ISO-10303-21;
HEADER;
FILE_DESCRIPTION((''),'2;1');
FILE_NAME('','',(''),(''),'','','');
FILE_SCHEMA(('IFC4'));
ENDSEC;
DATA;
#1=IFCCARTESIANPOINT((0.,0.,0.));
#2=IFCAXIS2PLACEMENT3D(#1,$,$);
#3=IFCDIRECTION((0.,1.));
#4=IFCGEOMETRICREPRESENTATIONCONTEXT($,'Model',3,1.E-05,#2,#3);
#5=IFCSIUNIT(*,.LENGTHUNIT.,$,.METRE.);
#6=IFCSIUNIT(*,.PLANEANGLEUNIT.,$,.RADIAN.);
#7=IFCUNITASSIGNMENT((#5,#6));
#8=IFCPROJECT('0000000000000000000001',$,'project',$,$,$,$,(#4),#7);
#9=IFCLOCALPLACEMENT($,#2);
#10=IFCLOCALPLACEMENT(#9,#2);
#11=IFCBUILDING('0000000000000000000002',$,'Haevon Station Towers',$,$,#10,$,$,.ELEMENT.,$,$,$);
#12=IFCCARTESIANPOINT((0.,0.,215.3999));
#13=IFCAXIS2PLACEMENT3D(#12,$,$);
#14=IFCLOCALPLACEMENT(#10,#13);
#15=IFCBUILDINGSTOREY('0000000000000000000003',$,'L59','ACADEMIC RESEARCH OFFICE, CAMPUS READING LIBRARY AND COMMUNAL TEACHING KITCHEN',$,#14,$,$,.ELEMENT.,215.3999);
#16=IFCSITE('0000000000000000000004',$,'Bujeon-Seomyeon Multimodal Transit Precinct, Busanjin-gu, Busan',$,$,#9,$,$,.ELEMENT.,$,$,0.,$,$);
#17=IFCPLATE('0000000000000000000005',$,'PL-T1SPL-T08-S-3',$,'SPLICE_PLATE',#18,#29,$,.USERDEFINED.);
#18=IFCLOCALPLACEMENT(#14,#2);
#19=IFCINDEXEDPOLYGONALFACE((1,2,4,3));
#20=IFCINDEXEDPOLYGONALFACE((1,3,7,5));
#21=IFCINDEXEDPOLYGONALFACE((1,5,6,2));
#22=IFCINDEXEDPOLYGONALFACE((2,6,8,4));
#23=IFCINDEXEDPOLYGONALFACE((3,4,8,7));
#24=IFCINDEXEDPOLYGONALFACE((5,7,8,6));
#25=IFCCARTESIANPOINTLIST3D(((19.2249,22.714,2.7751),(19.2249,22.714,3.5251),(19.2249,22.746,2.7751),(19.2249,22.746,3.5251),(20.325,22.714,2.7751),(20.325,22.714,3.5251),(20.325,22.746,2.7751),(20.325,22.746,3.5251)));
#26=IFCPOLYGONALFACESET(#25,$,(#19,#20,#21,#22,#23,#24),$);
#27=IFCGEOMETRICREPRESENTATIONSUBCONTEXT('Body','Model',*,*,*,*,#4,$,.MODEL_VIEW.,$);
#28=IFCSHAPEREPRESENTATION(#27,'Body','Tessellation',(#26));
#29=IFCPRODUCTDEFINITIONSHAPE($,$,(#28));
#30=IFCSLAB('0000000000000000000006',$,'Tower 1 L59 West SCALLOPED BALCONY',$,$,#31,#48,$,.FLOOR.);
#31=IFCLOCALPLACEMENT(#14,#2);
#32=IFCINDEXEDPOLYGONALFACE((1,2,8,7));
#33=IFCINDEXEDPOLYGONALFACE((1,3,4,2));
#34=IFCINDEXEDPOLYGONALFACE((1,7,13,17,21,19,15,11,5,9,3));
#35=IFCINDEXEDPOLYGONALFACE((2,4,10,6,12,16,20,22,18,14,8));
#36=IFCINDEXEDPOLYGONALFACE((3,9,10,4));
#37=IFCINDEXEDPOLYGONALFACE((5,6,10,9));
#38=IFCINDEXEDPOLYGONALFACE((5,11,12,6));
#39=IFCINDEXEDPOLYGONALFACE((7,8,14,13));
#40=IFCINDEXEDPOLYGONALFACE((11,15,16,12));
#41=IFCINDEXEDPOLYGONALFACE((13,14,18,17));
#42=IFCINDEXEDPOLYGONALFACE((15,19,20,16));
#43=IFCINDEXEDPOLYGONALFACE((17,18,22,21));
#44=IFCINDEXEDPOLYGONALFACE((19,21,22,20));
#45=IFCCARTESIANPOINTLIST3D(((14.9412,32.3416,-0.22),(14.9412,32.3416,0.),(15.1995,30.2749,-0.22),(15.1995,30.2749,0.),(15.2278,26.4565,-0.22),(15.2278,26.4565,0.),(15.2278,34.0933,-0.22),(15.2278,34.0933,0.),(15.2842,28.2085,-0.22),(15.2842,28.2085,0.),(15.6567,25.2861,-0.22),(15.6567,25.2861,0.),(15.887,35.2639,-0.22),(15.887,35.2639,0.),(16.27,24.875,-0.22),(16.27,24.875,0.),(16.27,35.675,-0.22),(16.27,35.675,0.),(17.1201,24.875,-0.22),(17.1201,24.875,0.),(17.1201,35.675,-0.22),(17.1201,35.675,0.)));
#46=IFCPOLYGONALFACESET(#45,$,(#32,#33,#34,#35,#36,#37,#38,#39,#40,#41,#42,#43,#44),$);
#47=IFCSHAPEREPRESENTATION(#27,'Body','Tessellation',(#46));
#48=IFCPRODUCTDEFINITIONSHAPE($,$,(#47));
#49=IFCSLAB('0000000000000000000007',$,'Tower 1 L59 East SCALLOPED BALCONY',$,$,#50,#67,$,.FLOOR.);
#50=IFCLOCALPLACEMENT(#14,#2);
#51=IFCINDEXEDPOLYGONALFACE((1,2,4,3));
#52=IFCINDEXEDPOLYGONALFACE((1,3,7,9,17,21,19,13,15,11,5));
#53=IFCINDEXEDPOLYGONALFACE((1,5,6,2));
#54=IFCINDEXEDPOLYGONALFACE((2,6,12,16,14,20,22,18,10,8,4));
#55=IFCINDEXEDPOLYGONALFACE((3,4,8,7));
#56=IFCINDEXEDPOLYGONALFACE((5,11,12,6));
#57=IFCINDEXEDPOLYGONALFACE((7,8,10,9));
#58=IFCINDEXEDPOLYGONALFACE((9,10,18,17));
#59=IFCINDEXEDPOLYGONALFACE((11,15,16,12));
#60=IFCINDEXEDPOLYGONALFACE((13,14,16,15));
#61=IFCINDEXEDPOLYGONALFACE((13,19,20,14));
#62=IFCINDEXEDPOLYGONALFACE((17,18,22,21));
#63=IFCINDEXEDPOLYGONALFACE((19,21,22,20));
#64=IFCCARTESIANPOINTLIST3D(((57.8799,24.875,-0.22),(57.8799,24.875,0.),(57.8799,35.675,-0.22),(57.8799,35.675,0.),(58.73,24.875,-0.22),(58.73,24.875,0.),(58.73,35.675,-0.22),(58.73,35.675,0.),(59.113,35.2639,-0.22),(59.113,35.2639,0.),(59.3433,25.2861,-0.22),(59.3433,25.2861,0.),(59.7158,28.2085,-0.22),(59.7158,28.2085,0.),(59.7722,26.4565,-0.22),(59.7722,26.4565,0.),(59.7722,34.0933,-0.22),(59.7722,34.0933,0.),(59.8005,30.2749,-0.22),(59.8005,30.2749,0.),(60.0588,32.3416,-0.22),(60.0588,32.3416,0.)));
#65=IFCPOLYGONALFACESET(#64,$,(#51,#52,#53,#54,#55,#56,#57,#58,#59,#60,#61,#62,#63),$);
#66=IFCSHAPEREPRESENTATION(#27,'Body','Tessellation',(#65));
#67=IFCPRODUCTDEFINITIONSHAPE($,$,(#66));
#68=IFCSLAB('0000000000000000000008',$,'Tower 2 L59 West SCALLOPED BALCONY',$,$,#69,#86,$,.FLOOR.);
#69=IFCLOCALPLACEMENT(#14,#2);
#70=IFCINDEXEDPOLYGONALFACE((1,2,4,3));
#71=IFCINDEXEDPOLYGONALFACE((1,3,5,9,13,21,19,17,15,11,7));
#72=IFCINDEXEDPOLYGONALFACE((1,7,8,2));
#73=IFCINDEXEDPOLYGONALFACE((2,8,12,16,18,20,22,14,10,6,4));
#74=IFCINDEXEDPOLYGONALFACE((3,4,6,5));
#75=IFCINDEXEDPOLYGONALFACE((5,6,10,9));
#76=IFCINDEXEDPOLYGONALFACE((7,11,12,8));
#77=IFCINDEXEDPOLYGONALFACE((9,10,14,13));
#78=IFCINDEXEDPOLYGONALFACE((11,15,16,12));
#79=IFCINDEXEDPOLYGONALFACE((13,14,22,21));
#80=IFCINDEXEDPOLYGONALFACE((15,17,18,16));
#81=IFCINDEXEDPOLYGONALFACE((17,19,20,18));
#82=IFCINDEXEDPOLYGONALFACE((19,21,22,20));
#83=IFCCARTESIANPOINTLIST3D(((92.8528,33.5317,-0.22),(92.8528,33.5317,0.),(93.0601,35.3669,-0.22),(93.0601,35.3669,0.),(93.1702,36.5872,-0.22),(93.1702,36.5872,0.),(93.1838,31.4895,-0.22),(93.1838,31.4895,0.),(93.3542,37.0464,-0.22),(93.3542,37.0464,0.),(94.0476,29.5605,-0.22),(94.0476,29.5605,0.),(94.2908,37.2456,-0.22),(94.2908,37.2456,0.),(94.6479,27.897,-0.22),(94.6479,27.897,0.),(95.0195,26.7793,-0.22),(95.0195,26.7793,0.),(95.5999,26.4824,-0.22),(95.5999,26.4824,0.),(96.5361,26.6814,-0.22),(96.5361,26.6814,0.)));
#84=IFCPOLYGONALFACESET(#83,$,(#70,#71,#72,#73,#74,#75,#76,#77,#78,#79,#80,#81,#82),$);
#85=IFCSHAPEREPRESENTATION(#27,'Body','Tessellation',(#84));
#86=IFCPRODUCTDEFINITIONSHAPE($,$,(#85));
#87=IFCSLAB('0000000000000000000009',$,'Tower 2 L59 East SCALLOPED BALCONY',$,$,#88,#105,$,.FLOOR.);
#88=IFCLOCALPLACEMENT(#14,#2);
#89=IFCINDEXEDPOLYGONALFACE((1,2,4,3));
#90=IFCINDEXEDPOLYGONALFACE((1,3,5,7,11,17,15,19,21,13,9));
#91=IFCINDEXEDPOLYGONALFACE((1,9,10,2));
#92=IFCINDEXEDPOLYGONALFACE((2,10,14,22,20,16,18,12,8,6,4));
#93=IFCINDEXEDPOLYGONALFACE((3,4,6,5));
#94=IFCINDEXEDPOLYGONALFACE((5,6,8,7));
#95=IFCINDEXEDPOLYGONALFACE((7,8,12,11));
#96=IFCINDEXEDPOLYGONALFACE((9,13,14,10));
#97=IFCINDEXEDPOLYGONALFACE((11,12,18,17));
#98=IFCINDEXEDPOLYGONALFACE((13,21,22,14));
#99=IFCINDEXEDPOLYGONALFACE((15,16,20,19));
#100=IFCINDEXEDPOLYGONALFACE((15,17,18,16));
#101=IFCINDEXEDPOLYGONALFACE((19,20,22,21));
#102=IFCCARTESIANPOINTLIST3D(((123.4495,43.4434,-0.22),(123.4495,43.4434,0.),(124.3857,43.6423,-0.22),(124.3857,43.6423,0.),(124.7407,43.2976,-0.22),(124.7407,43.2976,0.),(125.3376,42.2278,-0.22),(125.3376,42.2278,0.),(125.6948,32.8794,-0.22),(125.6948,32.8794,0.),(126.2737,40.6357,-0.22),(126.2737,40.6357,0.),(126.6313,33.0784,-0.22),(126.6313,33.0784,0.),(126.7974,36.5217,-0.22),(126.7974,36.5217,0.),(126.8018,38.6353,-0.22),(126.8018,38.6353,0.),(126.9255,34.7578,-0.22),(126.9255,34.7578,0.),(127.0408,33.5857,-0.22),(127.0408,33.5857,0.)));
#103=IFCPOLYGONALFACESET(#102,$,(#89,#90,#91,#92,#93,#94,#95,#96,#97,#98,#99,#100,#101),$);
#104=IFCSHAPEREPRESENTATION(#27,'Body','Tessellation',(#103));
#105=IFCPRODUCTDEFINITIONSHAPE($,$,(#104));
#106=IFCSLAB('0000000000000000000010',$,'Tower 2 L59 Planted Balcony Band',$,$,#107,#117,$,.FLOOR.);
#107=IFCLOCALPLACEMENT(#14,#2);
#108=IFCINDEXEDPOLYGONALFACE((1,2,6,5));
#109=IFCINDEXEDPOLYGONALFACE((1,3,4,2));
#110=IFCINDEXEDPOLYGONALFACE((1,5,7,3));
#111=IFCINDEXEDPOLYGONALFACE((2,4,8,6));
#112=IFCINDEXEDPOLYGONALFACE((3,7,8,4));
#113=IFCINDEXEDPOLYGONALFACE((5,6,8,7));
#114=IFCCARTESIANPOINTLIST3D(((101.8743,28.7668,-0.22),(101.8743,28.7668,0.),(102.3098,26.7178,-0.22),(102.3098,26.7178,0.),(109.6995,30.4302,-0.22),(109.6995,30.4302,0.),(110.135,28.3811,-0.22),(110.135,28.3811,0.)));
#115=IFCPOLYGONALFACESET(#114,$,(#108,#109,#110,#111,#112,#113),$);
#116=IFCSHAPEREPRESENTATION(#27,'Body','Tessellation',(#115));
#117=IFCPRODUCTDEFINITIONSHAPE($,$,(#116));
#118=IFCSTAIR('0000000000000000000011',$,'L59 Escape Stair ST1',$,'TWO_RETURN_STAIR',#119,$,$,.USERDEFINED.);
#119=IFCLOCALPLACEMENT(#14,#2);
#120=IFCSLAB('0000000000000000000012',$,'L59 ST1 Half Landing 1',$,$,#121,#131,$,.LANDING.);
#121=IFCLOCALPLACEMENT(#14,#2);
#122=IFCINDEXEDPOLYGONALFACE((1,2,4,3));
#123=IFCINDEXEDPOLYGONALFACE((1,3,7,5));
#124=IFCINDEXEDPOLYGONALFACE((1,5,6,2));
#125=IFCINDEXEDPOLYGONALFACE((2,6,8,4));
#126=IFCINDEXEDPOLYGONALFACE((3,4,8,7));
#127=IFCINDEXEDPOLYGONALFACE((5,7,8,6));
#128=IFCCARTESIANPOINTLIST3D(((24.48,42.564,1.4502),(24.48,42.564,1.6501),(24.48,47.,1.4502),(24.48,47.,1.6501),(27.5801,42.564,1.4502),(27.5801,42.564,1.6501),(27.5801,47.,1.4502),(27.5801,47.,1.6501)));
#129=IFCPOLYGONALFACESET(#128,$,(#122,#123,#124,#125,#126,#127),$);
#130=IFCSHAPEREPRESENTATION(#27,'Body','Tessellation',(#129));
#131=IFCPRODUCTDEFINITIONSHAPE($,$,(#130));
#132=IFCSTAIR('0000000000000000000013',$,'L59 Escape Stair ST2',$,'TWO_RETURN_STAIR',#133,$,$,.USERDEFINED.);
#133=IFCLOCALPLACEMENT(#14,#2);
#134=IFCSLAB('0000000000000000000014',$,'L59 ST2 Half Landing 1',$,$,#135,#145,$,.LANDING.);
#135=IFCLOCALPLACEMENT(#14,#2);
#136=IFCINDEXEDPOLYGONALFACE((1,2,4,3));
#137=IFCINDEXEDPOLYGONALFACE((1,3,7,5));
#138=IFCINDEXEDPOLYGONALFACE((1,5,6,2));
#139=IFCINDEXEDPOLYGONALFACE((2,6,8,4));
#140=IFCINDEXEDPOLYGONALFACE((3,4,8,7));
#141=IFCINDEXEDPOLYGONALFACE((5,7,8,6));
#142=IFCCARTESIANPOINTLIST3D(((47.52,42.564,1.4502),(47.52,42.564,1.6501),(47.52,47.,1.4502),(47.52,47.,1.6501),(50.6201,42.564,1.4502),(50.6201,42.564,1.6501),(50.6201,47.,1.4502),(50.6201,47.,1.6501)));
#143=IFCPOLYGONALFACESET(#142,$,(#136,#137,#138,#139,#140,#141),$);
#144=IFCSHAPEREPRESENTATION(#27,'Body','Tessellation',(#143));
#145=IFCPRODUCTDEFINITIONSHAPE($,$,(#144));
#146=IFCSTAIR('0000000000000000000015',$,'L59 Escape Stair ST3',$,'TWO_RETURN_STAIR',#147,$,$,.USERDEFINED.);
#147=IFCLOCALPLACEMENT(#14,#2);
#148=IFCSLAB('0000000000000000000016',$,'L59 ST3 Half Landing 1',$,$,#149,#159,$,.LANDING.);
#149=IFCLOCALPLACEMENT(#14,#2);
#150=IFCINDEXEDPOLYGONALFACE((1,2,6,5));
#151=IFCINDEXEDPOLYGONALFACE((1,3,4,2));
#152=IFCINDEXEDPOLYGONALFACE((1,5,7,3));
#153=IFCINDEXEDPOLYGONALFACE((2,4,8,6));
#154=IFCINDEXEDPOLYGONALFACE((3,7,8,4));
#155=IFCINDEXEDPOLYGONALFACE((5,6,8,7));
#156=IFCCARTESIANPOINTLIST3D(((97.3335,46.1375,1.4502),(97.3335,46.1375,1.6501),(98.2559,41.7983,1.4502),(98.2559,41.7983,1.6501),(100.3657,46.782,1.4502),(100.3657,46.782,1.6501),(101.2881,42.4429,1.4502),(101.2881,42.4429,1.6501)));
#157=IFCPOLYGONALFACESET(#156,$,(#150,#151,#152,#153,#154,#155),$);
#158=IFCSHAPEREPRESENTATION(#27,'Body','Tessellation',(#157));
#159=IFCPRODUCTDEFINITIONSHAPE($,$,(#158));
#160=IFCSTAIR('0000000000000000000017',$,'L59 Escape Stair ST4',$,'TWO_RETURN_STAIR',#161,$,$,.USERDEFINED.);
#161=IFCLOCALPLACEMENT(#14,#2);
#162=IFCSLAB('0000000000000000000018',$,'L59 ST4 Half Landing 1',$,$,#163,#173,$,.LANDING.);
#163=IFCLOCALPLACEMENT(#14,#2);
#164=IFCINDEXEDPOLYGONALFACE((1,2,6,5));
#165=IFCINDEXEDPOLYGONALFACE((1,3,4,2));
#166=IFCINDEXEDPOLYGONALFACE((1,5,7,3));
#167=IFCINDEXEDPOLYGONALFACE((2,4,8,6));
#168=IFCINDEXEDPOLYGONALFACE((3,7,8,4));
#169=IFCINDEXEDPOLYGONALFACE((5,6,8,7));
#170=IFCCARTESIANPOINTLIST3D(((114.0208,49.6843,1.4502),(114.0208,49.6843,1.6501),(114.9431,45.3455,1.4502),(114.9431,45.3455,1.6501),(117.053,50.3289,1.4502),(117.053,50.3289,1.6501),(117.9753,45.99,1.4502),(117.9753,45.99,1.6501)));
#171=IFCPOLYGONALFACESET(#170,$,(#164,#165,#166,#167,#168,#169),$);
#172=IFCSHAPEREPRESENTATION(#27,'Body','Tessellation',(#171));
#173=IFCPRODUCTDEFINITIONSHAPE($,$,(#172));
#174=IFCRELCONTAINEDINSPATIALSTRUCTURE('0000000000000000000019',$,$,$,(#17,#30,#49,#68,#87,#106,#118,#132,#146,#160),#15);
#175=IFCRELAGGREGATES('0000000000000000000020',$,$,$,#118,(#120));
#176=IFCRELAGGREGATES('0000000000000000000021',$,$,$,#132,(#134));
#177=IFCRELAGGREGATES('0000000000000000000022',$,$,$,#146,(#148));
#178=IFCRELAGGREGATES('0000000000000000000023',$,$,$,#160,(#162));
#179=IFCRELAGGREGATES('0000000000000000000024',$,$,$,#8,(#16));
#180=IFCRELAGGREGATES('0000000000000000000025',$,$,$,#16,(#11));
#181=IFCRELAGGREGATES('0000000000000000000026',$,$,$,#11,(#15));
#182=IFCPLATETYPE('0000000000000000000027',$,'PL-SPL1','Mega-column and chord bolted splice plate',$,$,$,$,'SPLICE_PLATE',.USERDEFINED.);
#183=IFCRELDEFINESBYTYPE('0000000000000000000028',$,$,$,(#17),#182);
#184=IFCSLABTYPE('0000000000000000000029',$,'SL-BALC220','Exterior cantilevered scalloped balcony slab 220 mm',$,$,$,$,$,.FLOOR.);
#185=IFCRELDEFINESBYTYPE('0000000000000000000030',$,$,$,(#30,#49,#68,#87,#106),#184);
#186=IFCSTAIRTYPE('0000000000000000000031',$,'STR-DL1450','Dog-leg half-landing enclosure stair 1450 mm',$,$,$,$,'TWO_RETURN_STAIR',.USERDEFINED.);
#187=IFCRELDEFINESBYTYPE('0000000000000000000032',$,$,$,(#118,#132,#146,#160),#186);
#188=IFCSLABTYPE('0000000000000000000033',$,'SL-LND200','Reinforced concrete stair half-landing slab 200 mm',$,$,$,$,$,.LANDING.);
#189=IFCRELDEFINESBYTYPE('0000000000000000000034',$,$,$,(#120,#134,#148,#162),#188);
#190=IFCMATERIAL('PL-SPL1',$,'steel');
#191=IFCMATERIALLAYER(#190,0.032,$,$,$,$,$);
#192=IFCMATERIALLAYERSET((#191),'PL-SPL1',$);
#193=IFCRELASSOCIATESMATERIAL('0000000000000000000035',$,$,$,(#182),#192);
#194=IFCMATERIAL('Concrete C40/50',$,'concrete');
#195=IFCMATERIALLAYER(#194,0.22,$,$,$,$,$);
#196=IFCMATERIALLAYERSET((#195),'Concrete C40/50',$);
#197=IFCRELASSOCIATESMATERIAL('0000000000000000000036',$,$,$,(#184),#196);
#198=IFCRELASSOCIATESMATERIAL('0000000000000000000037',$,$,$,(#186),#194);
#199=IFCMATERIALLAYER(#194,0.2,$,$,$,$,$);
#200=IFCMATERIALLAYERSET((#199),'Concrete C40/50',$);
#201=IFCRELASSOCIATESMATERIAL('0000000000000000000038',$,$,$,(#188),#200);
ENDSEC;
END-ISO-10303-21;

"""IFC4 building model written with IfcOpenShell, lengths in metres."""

from ifc_helpers import new_model, si_unit, direction, frame, origin, origin_2d, place, context, subcontext, project, spatial, polyline, rectangle, outline, extrude, material, layer, layer_set, type_object, element, aggregate, save


model = new_model("IFC4")

# Units and contexts
model_context = context("Model", 3, precision=1e-05, world=origin(), true_north=direction((0.0, 1.0)))
body_context = subcontext(model_context, "Body", "Model", "MODEL_VIEW")
ifc_project = project(units=[si_unit("LENGTHUNIT", "METRE"), si_unit("PLANEANGLEUNIT", "RADIAN")], contexts=[model_context])

# Site, building, storey
site_placement = place(None, origin())
site = spatial("IfcSite", under=ifc_project, at=site_placement, Name="Bujeon-Seomyeon Multimodal Transit Precinct, Busanjin-gu, Busan", CompositionType="ELEMENT", RefElevation=0.0)
building_placement = place(site_placement, origin())
building = spatial("IfcBuilding", under=site, at=building_placement, Name="Haevon Station Towers", CompositionType="ELEMENT")
storey_placement = place(building_placement, frame((0.0, 0.0, 215.3999)))
storey = spatial("IfcBuildingStorey", under=building, at=storey_placement, Name="L59", Description="ACADEMIC RESEARCH OFFICE, CAMPUS READING LIBRARY AND COMMUNAL TEACHING KITCHEN", CompositionType="ELEMENT", Elevation=215.3999)

# Plate
ifc_material_1 = material(Name="PL-SPL1", Category="steel")
ifc_layer_1 = layer(ifc_material_1, 0.032)
ifc_layer_set_1 = layer_set([ifc_layer_1], Name="PL-SPL1")
plate_type_1 = type_object("IfcPlateType", Name="PL-SPL1", Description="Mega-column and chord bolted splice plate", ElementType="SPLICE_PLATE", PredefinedType="USERDEFINED", material=ifc_layer_set_1)
plate_1_placement = place(storey_placement, frame((19.7749, 22.73, 2.7751), z_axis=(0.0, 0.0, 1.0), x_axis=(1.0, 0.0, 0.0)))
element("IfcPlate", 1, at=plate_1_placement, inside=storey, type_object=plate_type_1, Name="PL-T1SPL-T08-S-3", ObjectType="SPLICE_PLATE", PredefinedType="USERDEFINED", context=body_context, shape_type="SweptSolid", body=[
    extrude(rectangle(XDim=1.1001, YDim=0.032, at=origin_2d()), origin(), (0.0, 0.0, 1.0), 0.75),
])

# Slabs
ifc_material_2 = material(Name="Concrete C40/50", Category="concrete")
ifc_layer_2 = layer(ifc_material_2, 0.22)
ifc_layer_set_2 = layer_set([ifc_layer_2], Name="Concrete C40/50")
slab_type_1 = type_object("IfcSlabType", Name="SL-BALC220", Description="Exterior cantilevered scalloped balcony slab 220 mm", PredefinedType="FLOOR", material=ifc_layer_set_2)
slab_1_placement = place(storey_placement, frame((0.0, 0.0, -0.22)))
element("IfcSlab", 2, at=slab_1_placement, inside=storey, type_object=slab_type_1, Name="Tower 1 L59 West SCALLOPED BALCONY", PredefinedType="FLOOR", context=body_context, shape_type="SweptSolid", body=[
    extrude(outline(polyline([(17.1201, 35.675), (16.27, 35.675), (15.887, 35.2639), (15.2278, 34.0933), (14.9412, 32.3416), (15.1995, 30.2749), (15.2842, 28.2085), (15.2278, 26.4565), (15.6567, 25.2861), (16.27, 24.875), (17.1201, 24.875), (17.1201, 35.675)])), origin(), (0.0, 0.0, 1.0), 0.22),
])
slab_2_placement = place(storey_placement, frame((0.0, 0.0, -0.22)))
element("IfcSlab", 3, at=slab_2_placement, inside=storey, type_object=slab_type_1, Name="Tower 1 L59 East SCALLOPED BALCONY", PredefinedType="FLOOR", context=body_context, shape_type="SweptSolid", body=[
    extrude(outline(polyline([(57.8799, 24.875), (58.73, 24.875), (59.3433, 25.2861), (59.7722, 26.4565), (59.7158, 28.2085), (59.8005, 30.2749), (60.0588, 32.3416), (59.7722, 34.0933), (59.113, 35.2639), (58.73, 35.675), (57.8799, 35.675), (57.8799, 24.875)])), origin(), (0.0, 0.0, 1.0), 0.22),
])
slab_3_placement = place(storey_placement, frame((0.0, 0.0, -0.22)))
element("IfcSlab", 4, at=slab_3_placement, inside=storey, type_object=slab_type_1, Name="Tower 2 L59 West SCALLOPED BALCONY", PredefinedType="FLOOR", context=body_context, shape_type="SweptSolid", body=[
    extrude(outline(polyline([(94.2908, 37.2456), (93.3542, 37.0464), (93.1702, 36.5872), (93.0601, 35.3669), (92.8528, 33.5317), (93.1838, 31.4895), (94.0476, 29.5605), (94.6479, 27.897), (95.0195, 26.7793), (95.5999, 26.4824), (96.5361, 26.6814), (94.2908, 37.2456)])), origin(), (0.0, 0.0, 1.0), 0.22),
])
slab_4_placement = place(storey_placement, frame((0.0, 0.0, -0.22)))
element("IfcSlab", 5, at=slab_4_placement, inside=storey, type_object=slab_type_1, Name="Tower 2 L59 East SCALLOPED BALCONY", PredefinedType="FLOOR", context=body_context, shape_type="SweptSolid", body=[
    extrude(outline(polyline([(125.6948, 32.8794), (126.6313, 33.0784), (127.0408, 33.5857), (126.9255, 34.7578), (126.7974, 36.5217), (126.8018, 38.6353), (126.2737, 40.6357), (125.3376, 42.2278), (124.7407, 43.2976), (124.3857, 43.6423), (123.4495, 43.4434), (125.6948, 32.8794)])), origin(), (0.0, 0.0, 1.0), 0.22),
])
slab_5_placement = place(storey_placement, frame((0.0, 0.0, -0.22)))
element("IfcSlab", 6, at=slab_5_placement, inside=storey, type_object=slab_type_1, Name="Tower 2 L59 Planted Balcony Band", PredefinedType="FLOOR", context=body_context, shape_type="SweptSolid", body=[
    extrude(outline(polyline([(102.3098, 26.7178), (110.135, 28.3811), (109.6995, 30.4302), (101.8743, 28.7668), (102.3098, 26.7178)])), origin(), (0.0, 0.0, 1.0), 0.22),
])

# Stairs, slabs
stair_type = type_object("IfcStairType", Name="STR-DL1450", Description="Dog-leg half-landing enclosure stair 1450 mm", ElementType="TWO_RETURN_STAIR", PredefinedType="USERDEFINED", material=ifc_material_2)
stair_1_placement = place(storey_placement, origin())
stair_1 = element("IfcStair", 7, at=stair_1_placement, inside=storey, type_object=stair_type, Name="L59 Escape Stair ST1", ObjectType="TWO_RETURN_STAIR", PredefinedType="USERDEFINED")
ifc_layer_3 = layer(ifc_material_2, 0.2)
ifc_layer_set_3 = layer_set([ifc_layer_3], Name="Concrete C40/50")
slab_type_2 = type_object("IfcSlabType", Name="SL-LND200", Description="Reinforced concrete stair half-landing slab 200 mm", PredefinedType="LANDING", material=ifc_layer_set_3)
slab_6_placement = place(storey_placement, frame((0.0, 0.0, 1.4502)))
slab_6 = element("IfcSlab", 8, at=slab_6_placement, type_object=slab_type_2, Name="L59 ST1 Half Landing 1", PredefinedType="LANDING", context=body_context, shape_type="SweptSolid", body=[
    extrude(outline(polyline([(27.5801, 42.564), (27.5801, 47.0), (24.48, 47.0), (24.48, 42.564), (27.5801, 42.564)])), origin(), (0.0, 0.0, 1.0), 0.2),
])
aggregate(stair_1, [slab_6])
stair_2_placement = place(storey_placement, origin())
stair_2 = element("IfcStair", 9, at=stair_2_placement, inside=storey, type_object=stair_type, Name="L59 Escape Stair ST2", ObjectType="TWO_RETURN_STAIR", PredefinedType="USERDEFINED")
slab_7_placement = place(storey_placement, frame((0.0, 0.0, 1.4502)))
slab_7 = element("IfcSlab", 10, at=slab_7_placement, type_object=slab_type_2, Name="L59 ST2 Half Landing 1", PredefinedType="LANDING", context=body_context, shape_type="SweptSolid", body=[
    extrude(outline(polyline([(50.6201, 42.564), (50.6201, 47.0), (47.52, 47.0), (47.52, 42.564), (50.6201, 42.564)])), origin(), (0.0, 0.0, 1.0), 0.2),
])
aggregate(stair_2, [slab_7])
stair_3_placement = place(storey_placement, origin())
stair_3 = element("IfcStair", 11, at=stair_3_placement, inside=storey, type_object=stair_type, Name="L59 Escape Stair ST3", ObjectType="TWO_RETURN_STAIR", PredefinedType="USERDEFINED")
slab_8_placement = place(storey_placement, frame((0.0, 0.0, 1.4502)))
slab_8 = element("IfcSlab", 12, at=slab_8_placement, type_object=slab_type_2, Name="L59 ST3 Half Landing 1", PredefinedType="LANDING", context=body_context, shape_type="SweptSolid", body=[
    extrude(outline(polyline([(101.2881, 42.4429), (100.3657, 46.782), (97.3335, 46.1375), (98.2559, 41.7983), (101.2881, 42.4429)])), origin(), (0.0, 0.0, 1.0), 0.2),
])
aggregate(stair_3, [slab_8])
stair_4_placement = place(storey_placement, origin())
stair_4 = element("IfcStair", 13, at=stair_4_placement, inside=storey, type_object=stair_type, Name="L59 Escape Stair ST4", ObjectType="TWO_RETURN_STAIR", PredefinedType="USERDEFINED")
slab_9_placement = place(storey_placement, frame((0.0, 0.0, 1.4502)))
slab_9 = element("IfcSlab", 14, at=slab_9_placement, type_object=slab_type_2, Name="L59 ST4 Half Landing 1", PredefinedType="LANDING", context=body_context, shape_type="SweptSolid", body=[
    extrude(outline(polyline([(117.9753, 45.99), (117.053, 50.3289), (114.0208, 49.6843), (114.9431, 45.3455), (117.9753, 45.99)])), origin(), (0.0, 0.0, 1.0), 0.2),
])
aggregate(stair_4, [slab_9])

save(model, "model.ifc")
